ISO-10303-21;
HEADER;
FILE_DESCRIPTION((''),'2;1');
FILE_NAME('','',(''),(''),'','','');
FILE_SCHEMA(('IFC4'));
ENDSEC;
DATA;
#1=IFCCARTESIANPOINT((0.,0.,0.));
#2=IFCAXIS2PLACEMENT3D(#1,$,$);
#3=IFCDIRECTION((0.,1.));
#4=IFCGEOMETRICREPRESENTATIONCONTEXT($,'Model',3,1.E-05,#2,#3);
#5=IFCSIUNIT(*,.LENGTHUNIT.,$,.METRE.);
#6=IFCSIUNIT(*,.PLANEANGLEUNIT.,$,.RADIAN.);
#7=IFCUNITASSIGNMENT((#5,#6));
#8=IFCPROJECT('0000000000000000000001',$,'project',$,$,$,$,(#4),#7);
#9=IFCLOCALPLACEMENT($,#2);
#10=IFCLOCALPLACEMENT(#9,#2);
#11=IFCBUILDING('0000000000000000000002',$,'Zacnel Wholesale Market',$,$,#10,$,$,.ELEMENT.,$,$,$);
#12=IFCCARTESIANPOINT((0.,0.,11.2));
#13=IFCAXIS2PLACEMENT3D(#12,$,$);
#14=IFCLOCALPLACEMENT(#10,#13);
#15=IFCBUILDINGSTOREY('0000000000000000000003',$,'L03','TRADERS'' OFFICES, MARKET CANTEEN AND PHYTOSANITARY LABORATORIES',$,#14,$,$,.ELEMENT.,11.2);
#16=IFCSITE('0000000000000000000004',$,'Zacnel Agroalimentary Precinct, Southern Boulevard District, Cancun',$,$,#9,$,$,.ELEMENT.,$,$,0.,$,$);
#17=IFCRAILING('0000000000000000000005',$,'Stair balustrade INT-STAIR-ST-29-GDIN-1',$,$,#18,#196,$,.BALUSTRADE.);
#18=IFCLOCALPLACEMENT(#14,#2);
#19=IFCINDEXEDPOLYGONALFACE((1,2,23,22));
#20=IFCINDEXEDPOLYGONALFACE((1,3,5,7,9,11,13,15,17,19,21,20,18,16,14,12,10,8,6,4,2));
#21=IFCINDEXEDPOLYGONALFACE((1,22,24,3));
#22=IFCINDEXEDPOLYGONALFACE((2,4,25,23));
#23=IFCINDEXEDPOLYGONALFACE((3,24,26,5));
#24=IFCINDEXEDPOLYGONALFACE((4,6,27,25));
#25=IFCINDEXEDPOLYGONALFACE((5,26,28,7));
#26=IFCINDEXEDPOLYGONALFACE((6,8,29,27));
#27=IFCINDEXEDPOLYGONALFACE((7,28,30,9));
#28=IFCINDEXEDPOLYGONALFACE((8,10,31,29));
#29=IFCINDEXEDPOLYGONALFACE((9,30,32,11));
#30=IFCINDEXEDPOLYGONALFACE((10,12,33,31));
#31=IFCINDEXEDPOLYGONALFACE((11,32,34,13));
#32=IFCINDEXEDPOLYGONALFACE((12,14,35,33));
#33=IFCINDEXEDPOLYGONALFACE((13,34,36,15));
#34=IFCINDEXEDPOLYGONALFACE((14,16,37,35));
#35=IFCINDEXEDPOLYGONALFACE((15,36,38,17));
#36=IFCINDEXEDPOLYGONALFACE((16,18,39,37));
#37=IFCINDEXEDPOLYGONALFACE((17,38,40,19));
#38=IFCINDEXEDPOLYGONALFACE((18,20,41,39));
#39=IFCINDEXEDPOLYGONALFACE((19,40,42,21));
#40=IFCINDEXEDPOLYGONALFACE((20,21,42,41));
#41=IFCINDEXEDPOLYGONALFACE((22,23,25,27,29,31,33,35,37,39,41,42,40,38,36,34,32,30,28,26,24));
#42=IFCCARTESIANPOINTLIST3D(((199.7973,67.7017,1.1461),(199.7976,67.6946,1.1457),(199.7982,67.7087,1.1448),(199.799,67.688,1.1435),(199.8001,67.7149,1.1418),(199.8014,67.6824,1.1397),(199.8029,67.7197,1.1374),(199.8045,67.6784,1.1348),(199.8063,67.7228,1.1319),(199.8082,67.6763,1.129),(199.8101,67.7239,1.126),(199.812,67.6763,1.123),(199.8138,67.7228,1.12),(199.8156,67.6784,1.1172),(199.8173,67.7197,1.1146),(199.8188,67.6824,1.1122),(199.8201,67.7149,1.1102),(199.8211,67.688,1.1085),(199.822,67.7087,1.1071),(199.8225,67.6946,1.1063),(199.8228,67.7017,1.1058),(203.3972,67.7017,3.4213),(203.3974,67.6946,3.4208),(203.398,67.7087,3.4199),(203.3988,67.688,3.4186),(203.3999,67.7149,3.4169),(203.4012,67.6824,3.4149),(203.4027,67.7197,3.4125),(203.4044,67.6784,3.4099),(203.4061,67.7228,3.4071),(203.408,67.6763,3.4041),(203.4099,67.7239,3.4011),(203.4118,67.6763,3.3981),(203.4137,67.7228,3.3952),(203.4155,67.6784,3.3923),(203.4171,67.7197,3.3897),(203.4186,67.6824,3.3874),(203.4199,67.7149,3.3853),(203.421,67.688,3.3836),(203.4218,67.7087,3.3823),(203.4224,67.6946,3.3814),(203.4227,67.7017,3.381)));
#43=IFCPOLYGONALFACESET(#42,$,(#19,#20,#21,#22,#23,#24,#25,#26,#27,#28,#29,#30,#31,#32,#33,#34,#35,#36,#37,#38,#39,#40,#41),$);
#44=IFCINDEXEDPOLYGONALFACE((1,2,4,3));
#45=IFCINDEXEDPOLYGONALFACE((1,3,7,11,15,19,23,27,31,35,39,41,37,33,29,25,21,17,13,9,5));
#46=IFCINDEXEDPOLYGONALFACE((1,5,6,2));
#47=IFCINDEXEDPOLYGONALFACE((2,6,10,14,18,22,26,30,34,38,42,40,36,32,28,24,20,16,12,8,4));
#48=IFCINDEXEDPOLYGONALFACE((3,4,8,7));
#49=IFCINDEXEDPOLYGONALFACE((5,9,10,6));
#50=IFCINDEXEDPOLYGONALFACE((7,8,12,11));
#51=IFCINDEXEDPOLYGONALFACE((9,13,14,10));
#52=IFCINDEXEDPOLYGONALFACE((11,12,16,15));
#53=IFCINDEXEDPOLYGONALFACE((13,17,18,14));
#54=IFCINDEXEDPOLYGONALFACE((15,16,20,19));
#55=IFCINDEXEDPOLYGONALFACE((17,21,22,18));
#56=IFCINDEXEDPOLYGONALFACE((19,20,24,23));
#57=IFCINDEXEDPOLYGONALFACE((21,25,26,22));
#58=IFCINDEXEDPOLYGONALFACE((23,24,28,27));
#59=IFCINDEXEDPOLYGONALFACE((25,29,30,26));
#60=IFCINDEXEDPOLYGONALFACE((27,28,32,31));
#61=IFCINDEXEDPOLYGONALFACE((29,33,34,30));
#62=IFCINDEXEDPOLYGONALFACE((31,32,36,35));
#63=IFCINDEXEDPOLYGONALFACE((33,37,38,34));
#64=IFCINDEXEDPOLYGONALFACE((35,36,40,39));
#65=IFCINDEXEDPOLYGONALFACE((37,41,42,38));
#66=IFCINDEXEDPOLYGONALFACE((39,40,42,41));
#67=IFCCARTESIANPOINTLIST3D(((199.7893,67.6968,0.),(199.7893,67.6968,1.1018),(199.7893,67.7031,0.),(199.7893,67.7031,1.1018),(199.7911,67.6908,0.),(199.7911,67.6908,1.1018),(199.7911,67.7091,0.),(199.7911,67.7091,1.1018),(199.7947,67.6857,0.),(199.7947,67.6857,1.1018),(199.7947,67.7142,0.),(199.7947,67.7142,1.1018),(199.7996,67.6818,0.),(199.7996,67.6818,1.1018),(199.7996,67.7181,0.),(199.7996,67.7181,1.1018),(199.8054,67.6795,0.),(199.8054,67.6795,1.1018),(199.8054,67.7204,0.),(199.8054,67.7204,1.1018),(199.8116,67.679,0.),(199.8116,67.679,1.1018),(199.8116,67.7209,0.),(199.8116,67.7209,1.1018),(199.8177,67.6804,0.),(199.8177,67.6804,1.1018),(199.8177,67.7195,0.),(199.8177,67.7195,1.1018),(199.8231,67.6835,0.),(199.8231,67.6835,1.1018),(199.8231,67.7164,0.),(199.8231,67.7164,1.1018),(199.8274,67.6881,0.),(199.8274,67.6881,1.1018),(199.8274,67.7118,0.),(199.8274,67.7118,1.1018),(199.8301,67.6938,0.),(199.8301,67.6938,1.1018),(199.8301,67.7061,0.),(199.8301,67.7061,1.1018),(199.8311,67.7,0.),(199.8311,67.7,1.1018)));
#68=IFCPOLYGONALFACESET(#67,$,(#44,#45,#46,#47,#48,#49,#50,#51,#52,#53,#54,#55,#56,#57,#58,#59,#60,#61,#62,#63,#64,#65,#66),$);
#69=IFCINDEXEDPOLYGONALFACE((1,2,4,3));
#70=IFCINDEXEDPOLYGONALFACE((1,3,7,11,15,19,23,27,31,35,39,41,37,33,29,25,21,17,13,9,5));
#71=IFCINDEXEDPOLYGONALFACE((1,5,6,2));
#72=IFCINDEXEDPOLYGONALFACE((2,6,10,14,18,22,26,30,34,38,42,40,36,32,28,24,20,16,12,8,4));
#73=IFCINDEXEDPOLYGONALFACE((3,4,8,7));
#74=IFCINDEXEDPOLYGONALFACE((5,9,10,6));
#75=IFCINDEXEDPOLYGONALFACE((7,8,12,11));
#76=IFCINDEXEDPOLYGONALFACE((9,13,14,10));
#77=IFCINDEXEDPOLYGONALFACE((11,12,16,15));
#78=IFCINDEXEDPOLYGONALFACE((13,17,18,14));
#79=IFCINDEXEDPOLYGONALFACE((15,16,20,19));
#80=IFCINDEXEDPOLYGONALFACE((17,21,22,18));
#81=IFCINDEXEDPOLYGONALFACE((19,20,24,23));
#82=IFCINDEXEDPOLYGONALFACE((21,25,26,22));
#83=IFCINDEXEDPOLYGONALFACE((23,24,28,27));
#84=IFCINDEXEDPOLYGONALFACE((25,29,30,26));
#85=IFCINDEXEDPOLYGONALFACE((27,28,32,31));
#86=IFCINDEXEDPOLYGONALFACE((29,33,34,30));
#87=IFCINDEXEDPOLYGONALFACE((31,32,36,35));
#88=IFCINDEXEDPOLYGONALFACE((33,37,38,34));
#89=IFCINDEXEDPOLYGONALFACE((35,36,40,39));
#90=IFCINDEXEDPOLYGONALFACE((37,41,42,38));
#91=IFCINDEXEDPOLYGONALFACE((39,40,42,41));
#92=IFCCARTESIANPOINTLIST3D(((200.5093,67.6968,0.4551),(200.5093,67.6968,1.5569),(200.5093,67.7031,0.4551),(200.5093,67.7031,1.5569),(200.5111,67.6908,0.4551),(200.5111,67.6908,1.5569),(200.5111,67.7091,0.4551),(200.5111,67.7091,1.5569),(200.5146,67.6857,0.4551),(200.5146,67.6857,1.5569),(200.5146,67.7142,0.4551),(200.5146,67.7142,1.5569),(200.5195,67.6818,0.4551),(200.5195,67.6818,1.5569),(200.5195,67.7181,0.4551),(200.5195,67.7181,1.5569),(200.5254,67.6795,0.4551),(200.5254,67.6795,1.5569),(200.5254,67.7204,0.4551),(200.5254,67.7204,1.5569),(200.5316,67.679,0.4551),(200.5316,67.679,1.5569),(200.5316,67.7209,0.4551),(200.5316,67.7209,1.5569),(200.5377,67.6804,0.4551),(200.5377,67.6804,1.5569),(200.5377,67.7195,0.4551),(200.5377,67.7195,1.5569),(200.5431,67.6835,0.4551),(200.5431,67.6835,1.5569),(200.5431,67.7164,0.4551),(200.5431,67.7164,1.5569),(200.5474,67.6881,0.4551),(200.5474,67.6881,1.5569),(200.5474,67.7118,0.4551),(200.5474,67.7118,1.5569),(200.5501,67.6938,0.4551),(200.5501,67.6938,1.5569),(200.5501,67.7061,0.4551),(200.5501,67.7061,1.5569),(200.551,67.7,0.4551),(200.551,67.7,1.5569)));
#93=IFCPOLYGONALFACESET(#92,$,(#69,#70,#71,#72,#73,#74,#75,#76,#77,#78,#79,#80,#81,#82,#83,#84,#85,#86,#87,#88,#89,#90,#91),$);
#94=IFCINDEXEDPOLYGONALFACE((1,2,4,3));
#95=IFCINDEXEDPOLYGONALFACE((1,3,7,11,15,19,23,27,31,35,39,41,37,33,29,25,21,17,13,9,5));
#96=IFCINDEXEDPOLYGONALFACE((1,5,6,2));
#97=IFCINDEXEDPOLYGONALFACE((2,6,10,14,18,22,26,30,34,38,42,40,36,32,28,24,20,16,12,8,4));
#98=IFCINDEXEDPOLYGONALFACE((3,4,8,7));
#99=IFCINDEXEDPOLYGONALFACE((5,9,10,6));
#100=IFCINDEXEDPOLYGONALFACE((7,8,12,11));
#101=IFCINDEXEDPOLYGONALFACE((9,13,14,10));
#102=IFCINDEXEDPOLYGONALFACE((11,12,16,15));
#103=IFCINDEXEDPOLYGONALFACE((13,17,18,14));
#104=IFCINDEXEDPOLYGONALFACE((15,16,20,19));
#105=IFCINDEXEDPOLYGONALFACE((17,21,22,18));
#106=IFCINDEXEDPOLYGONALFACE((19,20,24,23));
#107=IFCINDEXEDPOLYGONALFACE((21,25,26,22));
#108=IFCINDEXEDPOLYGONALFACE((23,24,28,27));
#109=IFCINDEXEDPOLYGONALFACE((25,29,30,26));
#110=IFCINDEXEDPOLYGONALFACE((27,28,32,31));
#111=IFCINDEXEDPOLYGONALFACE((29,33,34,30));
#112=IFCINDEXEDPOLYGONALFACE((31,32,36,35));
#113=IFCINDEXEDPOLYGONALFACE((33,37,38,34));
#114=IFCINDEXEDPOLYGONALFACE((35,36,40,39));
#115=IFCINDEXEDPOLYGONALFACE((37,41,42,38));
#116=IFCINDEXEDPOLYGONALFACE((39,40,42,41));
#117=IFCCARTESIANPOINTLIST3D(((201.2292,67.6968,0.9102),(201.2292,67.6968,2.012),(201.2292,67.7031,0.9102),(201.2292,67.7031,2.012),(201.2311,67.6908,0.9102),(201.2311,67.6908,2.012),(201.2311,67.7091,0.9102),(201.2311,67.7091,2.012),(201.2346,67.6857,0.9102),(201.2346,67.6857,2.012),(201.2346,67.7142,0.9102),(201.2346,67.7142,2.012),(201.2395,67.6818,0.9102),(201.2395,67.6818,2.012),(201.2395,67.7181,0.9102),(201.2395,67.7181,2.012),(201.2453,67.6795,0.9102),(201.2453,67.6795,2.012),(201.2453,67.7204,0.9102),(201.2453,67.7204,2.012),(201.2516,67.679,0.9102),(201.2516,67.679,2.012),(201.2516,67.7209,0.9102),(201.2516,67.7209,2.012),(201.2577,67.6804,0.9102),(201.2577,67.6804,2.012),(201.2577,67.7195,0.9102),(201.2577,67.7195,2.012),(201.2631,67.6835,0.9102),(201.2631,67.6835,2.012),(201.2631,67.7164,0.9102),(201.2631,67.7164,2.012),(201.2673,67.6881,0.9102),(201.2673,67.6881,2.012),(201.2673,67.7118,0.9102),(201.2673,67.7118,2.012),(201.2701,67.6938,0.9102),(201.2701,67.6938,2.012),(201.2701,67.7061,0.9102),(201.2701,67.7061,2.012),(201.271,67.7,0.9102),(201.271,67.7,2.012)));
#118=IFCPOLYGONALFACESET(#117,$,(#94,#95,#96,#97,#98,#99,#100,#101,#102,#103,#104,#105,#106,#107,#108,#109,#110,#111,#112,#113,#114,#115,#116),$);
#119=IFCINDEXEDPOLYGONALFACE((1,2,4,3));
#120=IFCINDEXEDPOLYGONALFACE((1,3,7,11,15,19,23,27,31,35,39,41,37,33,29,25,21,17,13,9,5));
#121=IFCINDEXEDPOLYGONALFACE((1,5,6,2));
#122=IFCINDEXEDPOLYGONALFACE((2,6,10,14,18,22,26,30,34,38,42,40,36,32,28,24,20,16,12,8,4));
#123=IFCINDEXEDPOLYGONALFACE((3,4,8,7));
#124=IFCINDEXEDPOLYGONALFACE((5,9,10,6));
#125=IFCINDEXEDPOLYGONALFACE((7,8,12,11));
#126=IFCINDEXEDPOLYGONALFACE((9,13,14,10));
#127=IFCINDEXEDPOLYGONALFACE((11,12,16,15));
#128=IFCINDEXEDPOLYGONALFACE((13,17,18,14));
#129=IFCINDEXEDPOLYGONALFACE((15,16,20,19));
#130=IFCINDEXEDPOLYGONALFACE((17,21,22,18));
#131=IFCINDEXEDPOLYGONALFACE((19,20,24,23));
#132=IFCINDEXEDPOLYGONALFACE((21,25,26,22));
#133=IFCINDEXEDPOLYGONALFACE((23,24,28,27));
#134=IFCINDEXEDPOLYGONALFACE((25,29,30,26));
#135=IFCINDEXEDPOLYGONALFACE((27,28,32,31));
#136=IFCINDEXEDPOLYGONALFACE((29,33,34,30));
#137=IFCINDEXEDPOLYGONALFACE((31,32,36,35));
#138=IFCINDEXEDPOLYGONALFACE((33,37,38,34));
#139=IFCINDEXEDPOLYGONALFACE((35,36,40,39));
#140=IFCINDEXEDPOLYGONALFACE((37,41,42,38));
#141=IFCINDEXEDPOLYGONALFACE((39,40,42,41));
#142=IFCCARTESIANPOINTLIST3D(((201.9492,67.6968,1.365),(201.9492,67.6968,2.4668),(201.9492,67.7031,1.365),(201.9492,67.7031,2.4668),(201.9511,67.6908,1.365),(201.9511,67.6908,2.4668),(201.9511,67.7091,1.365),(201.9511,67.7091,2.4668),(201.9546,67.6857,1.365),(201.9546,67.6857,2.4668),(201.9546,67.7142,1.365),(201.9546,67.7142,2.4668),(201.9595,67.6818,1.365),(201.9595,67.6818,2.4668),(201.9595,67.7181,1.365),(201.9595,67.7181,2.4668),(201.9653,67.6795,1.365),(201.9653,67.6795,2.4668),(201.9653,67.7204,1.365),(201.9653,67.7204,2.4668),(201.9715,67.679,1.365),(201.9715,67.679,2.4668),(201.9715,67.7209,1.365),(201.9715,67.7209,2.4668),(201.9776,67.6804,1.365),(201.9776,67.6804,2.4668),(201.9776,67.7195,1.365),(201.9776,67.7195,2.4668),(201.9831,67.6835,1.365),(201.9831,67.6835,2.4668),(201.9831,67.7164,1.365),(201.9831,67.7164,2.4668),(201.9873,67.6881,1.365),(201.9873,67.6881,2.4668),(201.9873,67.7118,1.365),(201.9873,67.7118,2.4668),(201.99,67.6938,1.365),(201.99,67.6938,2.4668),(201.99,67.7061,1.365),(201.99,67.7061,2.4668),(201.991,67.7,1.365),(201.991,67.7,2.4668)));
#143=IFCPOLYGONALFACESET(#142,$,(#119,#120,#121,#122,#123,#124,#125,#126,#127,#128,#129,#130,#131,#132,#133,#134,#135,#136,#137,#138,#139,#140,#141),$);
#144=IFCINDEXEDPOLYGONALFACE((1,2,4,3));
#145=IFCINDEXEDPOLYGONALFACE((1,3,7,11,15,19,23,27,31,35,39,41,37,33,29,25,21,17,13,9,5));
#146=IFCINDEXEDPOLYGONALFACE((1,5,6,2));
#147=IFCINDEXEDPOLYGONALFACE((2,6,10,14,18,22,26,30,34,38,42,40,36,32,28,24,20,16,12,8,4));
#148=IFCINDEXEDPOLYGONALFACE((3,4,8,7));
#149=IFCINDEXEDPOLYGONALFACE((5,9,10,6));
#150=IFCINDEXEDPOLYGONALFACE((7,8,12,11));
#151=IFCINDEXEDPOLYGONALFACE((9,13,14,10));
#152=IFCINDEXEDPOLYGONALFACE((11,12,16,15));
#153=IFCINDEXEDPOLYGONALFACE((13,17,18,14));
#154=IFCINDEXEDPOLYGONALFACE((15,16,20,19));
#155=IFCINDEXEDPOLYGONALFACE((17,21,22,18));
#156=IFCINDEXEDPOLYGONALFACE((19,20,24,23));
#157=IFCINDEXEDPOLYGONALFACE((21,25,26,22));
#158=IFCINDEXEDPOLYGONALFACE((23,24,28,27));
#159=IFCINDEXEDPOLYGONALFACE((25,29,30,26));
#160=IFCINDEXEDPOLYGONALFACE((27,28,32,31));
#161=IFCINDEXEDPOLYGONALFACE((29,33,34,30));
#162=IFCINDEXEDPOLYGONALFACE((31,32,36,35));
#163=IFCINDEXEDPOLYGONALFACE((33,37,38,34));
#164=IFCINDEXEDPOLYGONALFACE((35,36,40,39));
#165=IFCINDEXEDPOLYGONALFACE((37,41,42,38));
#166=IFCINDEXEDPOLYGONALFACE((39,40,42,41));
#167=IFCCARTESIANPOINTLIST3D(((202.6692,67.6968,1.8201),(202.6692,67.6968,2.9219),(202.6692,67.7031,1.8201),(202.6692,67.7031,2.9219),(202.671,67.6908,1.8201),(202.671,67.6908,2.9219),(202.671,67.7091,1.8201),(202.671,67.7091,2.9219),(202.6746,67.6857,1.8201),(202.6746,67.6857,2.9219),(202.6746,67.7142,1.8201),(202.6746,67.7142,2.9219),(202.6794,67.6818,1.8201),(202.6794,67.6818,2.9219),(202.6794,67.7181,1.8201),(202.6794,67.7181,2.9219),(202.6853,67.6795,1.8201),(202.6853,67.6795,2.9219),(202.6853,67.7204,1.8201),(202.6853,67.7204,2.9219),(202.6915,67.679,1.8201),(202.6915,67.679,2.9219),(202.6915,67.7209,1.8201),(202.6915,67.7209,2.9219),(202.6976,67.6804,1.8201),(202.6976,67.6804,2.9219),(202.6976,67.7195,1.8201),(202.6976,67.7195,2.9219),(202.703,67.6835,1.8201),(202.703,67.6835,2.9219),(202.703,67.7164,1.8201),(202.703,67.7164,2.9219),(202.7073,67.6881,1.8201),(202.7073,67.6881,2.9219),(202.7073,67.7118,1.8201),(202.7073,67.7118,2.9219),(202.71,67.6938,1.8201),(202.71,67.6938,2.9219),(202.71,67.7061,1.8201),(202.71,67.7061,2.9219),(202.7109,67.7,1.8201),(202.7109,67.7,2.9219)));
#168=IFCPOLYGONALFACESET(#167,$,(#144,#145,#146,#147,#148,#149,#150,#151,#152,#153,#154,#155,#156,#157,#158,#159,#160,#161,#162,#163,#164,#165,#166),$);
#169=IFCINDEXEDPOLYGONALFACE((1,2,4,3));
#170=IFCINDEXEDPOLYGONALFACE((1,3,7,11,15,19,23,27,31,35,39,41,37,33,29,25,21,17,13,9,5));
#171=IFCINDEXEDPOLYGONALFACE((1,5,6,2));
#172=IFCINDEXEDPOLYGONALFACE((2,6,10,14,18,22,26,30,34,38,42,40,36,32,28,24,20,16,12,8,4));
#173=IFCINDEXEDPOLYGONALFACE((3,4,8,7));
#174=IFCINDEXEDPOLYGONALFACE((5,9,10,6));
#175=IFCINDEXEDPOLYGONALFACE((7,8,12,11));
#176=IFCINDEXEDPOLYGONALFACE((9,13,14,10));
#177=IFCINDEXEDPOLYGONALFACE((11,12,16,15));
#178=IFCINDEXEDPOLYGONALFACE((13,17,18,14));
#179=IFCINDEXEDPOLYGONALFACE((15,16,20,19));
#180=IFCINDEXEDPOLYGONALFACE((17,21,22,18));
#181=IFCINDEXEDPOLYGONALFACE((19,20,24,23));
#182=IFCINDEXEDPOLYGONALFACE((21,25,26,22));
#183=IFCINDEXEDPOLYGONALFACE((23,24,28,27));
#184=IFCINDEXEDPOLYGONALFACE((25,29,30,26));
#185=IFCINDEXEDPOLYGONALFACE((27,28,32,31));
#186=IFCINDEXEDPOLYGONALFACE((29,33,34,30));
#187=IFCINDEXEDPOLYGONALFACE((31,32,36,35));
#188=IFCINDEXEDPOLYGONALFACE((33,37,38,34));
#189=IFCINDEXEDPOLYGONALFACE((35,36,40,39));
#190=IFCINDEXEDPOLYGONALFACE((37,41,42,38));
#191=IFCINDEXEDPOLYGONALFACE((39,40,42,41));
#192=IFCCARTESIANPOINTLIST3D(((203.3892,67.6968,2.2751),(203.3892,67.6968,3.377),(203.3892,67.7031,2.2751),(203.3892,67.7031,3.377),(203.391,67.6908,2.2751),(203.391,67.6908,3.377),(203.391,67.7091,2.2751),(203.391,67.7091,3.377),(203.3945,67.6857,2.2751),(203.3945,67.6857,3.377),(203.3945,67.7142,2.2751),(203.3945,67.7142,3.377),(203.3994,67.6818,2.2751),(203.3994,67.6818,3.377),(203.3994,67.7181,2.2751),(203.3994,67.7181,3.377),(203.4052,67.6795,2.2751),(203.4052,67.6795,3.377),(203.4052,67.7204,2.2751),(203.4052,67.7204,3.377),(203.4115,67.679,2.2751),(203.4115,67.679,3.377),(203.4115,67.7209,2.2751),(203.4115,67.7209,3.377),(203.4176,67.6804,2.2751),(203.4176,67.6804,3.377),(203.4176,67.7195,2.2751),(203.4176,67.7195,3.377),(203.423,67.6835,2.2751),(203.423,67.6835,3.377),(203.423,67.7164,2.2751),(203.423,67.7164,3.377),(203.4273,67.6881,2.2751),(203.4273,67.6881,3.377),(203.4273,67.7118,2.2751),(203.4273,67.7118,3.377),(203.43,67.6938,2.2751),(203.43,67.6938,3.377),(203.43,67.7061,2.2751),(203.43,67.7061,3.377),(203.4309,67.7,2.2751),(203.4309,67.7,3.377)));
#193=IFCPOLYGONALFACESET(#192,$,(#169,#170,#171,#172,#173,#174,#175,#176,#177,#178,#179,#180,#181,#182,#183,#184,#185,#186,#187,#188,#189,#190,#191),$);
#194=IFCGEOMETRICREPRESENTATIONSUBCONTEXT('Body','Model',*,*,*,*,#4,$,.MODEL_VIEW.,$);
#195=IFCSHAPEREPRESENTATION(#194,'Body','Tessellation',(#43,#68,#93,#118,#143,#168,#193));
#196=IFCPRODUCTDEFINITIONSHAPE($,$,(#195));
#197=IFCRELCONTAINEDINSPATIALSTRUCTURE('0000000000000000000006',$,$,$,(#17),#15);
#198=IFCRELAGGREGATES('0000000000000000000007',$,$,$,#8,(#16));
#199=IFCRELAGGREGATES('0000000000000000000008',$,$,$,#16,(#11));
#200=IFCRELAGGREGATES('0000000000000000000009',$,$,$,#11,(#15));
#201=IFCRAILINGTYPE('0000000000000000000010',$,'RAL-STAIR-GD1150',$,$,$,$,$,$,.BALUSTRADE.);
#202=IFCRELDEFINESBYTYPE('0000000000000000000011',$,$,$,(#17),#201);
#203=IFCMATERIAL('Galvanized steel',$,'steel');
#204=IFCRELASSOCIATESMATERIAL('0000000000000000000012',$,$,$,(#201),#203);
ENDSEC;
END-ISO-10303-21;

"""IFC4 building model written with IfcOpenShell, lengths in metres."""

from ifc_helpers import new_model, si_unit, direction, frame, origin, origin_2d, place, context, subcontext, project, spatial, circle, extrude, material, type_object, element, save


model = new_model("IFC4")

# Units and contexts
model_context = context("Model", 3, precision=1e-05, world=origin(), true_north=direction((0.0, 1.0)))
body_context = subcontext(model_context, "Body", "Model", "MODEL_VIEW")
ifc_project = project(units=[si_unit("LENGTHUNIT", "METRE"), si_unit("PLANEANGLEUNIT", "RADIAN")], contexts=[model_context])

# Site, building, storey
site_placement = place(None, origin())
site = spatial("IfcSite", under=ifc_project, at=site_placement, Name="Zacnel Agroalimentary Precinct, Southern Boulevard District, Cancun", CompositionType="ELEMENT", RefElevation=0.0)
building_placement = place(site_placement, origin())
building = spatial("IfcBuilding", under=site, at=building_placement, Name="Zacnel Wholesale Market", CompositionType="ELEMENT")
storey_placement = place(building_placement, frame((0.0, 0.0, 11.2)))
storey = spatial("IfcBuildingStorey", under=building, at=storey_placement, Name="L03", Description="TRADERS' OFFICES, MARKET CANTEEN AND PHYTOSANITARY LABORATORIES", CompositionType="ELEMENT", Elevation=11.2)

# Railing
ifc_material_1 = material(Name="Galvanized steel", Category="steel")
railing_type = type_object("IfcRailingType", Name="RAL-STAIR-GD1150", PredefinedType="BALUSTRADE", material=ifc_material_1)
railing_1_placement = place(storey_placement, frame((199.8101, 67.7, 0.0)))
element("IfcRailing", 1, at=railing_1_placement, inside=storey, type_object=railing_type, Name="Stair balustrade INT-STAIR-ST-29-GDIN-1", PredefinedType="BALUSTRADE", context=body_context, shape_type="SweptSolid", body=[
    extrude(circle(Radius=0.0239, at=origin_2d()), frame((0.0, 0.0, 1.126), z_axis=(0.845324, 0.0, 0.534254), x_axis=(0.0, 1.0, 0.0)), (0.0, 0.0, 1.0), 4.2585),
    extrude(circle(Radius=0.021, at=origin_2d()), origin(), (0.0, 0.0, 1.0), 1.1018),
    extrude(circle(Radius=0.021, at=origin_2d()), frame((0.72, 0.0, 0.4551)), (0.0, 0.0, 1.0), 1.1018),
    extrude(circle(Radius=0.021, at=origin_2d()), frame((1.4399, 0.0, 0.9102)), (0.0, 0.0, 1.0), 1.1018),
    extrude(circle(Radius=0.021, at=origin_2d()), frame((2.1599, 0.0, 1.365)), (0.0, 0.0, 1.0), 1.1018),
    extrude(circle(Radius=0.021, at=origin_2d()), frame((2.8799, 0.0, 1.8201)), (0.0, 0.0, 1.0), 1.1018),
    extrude(circle(Radius=0.021, at=origin_2d()), frame((3.5999, 0.0, 2.2751)), (0.0, 0.0, 1.0), 1.1018),
])

save(model, "model.ifc")
